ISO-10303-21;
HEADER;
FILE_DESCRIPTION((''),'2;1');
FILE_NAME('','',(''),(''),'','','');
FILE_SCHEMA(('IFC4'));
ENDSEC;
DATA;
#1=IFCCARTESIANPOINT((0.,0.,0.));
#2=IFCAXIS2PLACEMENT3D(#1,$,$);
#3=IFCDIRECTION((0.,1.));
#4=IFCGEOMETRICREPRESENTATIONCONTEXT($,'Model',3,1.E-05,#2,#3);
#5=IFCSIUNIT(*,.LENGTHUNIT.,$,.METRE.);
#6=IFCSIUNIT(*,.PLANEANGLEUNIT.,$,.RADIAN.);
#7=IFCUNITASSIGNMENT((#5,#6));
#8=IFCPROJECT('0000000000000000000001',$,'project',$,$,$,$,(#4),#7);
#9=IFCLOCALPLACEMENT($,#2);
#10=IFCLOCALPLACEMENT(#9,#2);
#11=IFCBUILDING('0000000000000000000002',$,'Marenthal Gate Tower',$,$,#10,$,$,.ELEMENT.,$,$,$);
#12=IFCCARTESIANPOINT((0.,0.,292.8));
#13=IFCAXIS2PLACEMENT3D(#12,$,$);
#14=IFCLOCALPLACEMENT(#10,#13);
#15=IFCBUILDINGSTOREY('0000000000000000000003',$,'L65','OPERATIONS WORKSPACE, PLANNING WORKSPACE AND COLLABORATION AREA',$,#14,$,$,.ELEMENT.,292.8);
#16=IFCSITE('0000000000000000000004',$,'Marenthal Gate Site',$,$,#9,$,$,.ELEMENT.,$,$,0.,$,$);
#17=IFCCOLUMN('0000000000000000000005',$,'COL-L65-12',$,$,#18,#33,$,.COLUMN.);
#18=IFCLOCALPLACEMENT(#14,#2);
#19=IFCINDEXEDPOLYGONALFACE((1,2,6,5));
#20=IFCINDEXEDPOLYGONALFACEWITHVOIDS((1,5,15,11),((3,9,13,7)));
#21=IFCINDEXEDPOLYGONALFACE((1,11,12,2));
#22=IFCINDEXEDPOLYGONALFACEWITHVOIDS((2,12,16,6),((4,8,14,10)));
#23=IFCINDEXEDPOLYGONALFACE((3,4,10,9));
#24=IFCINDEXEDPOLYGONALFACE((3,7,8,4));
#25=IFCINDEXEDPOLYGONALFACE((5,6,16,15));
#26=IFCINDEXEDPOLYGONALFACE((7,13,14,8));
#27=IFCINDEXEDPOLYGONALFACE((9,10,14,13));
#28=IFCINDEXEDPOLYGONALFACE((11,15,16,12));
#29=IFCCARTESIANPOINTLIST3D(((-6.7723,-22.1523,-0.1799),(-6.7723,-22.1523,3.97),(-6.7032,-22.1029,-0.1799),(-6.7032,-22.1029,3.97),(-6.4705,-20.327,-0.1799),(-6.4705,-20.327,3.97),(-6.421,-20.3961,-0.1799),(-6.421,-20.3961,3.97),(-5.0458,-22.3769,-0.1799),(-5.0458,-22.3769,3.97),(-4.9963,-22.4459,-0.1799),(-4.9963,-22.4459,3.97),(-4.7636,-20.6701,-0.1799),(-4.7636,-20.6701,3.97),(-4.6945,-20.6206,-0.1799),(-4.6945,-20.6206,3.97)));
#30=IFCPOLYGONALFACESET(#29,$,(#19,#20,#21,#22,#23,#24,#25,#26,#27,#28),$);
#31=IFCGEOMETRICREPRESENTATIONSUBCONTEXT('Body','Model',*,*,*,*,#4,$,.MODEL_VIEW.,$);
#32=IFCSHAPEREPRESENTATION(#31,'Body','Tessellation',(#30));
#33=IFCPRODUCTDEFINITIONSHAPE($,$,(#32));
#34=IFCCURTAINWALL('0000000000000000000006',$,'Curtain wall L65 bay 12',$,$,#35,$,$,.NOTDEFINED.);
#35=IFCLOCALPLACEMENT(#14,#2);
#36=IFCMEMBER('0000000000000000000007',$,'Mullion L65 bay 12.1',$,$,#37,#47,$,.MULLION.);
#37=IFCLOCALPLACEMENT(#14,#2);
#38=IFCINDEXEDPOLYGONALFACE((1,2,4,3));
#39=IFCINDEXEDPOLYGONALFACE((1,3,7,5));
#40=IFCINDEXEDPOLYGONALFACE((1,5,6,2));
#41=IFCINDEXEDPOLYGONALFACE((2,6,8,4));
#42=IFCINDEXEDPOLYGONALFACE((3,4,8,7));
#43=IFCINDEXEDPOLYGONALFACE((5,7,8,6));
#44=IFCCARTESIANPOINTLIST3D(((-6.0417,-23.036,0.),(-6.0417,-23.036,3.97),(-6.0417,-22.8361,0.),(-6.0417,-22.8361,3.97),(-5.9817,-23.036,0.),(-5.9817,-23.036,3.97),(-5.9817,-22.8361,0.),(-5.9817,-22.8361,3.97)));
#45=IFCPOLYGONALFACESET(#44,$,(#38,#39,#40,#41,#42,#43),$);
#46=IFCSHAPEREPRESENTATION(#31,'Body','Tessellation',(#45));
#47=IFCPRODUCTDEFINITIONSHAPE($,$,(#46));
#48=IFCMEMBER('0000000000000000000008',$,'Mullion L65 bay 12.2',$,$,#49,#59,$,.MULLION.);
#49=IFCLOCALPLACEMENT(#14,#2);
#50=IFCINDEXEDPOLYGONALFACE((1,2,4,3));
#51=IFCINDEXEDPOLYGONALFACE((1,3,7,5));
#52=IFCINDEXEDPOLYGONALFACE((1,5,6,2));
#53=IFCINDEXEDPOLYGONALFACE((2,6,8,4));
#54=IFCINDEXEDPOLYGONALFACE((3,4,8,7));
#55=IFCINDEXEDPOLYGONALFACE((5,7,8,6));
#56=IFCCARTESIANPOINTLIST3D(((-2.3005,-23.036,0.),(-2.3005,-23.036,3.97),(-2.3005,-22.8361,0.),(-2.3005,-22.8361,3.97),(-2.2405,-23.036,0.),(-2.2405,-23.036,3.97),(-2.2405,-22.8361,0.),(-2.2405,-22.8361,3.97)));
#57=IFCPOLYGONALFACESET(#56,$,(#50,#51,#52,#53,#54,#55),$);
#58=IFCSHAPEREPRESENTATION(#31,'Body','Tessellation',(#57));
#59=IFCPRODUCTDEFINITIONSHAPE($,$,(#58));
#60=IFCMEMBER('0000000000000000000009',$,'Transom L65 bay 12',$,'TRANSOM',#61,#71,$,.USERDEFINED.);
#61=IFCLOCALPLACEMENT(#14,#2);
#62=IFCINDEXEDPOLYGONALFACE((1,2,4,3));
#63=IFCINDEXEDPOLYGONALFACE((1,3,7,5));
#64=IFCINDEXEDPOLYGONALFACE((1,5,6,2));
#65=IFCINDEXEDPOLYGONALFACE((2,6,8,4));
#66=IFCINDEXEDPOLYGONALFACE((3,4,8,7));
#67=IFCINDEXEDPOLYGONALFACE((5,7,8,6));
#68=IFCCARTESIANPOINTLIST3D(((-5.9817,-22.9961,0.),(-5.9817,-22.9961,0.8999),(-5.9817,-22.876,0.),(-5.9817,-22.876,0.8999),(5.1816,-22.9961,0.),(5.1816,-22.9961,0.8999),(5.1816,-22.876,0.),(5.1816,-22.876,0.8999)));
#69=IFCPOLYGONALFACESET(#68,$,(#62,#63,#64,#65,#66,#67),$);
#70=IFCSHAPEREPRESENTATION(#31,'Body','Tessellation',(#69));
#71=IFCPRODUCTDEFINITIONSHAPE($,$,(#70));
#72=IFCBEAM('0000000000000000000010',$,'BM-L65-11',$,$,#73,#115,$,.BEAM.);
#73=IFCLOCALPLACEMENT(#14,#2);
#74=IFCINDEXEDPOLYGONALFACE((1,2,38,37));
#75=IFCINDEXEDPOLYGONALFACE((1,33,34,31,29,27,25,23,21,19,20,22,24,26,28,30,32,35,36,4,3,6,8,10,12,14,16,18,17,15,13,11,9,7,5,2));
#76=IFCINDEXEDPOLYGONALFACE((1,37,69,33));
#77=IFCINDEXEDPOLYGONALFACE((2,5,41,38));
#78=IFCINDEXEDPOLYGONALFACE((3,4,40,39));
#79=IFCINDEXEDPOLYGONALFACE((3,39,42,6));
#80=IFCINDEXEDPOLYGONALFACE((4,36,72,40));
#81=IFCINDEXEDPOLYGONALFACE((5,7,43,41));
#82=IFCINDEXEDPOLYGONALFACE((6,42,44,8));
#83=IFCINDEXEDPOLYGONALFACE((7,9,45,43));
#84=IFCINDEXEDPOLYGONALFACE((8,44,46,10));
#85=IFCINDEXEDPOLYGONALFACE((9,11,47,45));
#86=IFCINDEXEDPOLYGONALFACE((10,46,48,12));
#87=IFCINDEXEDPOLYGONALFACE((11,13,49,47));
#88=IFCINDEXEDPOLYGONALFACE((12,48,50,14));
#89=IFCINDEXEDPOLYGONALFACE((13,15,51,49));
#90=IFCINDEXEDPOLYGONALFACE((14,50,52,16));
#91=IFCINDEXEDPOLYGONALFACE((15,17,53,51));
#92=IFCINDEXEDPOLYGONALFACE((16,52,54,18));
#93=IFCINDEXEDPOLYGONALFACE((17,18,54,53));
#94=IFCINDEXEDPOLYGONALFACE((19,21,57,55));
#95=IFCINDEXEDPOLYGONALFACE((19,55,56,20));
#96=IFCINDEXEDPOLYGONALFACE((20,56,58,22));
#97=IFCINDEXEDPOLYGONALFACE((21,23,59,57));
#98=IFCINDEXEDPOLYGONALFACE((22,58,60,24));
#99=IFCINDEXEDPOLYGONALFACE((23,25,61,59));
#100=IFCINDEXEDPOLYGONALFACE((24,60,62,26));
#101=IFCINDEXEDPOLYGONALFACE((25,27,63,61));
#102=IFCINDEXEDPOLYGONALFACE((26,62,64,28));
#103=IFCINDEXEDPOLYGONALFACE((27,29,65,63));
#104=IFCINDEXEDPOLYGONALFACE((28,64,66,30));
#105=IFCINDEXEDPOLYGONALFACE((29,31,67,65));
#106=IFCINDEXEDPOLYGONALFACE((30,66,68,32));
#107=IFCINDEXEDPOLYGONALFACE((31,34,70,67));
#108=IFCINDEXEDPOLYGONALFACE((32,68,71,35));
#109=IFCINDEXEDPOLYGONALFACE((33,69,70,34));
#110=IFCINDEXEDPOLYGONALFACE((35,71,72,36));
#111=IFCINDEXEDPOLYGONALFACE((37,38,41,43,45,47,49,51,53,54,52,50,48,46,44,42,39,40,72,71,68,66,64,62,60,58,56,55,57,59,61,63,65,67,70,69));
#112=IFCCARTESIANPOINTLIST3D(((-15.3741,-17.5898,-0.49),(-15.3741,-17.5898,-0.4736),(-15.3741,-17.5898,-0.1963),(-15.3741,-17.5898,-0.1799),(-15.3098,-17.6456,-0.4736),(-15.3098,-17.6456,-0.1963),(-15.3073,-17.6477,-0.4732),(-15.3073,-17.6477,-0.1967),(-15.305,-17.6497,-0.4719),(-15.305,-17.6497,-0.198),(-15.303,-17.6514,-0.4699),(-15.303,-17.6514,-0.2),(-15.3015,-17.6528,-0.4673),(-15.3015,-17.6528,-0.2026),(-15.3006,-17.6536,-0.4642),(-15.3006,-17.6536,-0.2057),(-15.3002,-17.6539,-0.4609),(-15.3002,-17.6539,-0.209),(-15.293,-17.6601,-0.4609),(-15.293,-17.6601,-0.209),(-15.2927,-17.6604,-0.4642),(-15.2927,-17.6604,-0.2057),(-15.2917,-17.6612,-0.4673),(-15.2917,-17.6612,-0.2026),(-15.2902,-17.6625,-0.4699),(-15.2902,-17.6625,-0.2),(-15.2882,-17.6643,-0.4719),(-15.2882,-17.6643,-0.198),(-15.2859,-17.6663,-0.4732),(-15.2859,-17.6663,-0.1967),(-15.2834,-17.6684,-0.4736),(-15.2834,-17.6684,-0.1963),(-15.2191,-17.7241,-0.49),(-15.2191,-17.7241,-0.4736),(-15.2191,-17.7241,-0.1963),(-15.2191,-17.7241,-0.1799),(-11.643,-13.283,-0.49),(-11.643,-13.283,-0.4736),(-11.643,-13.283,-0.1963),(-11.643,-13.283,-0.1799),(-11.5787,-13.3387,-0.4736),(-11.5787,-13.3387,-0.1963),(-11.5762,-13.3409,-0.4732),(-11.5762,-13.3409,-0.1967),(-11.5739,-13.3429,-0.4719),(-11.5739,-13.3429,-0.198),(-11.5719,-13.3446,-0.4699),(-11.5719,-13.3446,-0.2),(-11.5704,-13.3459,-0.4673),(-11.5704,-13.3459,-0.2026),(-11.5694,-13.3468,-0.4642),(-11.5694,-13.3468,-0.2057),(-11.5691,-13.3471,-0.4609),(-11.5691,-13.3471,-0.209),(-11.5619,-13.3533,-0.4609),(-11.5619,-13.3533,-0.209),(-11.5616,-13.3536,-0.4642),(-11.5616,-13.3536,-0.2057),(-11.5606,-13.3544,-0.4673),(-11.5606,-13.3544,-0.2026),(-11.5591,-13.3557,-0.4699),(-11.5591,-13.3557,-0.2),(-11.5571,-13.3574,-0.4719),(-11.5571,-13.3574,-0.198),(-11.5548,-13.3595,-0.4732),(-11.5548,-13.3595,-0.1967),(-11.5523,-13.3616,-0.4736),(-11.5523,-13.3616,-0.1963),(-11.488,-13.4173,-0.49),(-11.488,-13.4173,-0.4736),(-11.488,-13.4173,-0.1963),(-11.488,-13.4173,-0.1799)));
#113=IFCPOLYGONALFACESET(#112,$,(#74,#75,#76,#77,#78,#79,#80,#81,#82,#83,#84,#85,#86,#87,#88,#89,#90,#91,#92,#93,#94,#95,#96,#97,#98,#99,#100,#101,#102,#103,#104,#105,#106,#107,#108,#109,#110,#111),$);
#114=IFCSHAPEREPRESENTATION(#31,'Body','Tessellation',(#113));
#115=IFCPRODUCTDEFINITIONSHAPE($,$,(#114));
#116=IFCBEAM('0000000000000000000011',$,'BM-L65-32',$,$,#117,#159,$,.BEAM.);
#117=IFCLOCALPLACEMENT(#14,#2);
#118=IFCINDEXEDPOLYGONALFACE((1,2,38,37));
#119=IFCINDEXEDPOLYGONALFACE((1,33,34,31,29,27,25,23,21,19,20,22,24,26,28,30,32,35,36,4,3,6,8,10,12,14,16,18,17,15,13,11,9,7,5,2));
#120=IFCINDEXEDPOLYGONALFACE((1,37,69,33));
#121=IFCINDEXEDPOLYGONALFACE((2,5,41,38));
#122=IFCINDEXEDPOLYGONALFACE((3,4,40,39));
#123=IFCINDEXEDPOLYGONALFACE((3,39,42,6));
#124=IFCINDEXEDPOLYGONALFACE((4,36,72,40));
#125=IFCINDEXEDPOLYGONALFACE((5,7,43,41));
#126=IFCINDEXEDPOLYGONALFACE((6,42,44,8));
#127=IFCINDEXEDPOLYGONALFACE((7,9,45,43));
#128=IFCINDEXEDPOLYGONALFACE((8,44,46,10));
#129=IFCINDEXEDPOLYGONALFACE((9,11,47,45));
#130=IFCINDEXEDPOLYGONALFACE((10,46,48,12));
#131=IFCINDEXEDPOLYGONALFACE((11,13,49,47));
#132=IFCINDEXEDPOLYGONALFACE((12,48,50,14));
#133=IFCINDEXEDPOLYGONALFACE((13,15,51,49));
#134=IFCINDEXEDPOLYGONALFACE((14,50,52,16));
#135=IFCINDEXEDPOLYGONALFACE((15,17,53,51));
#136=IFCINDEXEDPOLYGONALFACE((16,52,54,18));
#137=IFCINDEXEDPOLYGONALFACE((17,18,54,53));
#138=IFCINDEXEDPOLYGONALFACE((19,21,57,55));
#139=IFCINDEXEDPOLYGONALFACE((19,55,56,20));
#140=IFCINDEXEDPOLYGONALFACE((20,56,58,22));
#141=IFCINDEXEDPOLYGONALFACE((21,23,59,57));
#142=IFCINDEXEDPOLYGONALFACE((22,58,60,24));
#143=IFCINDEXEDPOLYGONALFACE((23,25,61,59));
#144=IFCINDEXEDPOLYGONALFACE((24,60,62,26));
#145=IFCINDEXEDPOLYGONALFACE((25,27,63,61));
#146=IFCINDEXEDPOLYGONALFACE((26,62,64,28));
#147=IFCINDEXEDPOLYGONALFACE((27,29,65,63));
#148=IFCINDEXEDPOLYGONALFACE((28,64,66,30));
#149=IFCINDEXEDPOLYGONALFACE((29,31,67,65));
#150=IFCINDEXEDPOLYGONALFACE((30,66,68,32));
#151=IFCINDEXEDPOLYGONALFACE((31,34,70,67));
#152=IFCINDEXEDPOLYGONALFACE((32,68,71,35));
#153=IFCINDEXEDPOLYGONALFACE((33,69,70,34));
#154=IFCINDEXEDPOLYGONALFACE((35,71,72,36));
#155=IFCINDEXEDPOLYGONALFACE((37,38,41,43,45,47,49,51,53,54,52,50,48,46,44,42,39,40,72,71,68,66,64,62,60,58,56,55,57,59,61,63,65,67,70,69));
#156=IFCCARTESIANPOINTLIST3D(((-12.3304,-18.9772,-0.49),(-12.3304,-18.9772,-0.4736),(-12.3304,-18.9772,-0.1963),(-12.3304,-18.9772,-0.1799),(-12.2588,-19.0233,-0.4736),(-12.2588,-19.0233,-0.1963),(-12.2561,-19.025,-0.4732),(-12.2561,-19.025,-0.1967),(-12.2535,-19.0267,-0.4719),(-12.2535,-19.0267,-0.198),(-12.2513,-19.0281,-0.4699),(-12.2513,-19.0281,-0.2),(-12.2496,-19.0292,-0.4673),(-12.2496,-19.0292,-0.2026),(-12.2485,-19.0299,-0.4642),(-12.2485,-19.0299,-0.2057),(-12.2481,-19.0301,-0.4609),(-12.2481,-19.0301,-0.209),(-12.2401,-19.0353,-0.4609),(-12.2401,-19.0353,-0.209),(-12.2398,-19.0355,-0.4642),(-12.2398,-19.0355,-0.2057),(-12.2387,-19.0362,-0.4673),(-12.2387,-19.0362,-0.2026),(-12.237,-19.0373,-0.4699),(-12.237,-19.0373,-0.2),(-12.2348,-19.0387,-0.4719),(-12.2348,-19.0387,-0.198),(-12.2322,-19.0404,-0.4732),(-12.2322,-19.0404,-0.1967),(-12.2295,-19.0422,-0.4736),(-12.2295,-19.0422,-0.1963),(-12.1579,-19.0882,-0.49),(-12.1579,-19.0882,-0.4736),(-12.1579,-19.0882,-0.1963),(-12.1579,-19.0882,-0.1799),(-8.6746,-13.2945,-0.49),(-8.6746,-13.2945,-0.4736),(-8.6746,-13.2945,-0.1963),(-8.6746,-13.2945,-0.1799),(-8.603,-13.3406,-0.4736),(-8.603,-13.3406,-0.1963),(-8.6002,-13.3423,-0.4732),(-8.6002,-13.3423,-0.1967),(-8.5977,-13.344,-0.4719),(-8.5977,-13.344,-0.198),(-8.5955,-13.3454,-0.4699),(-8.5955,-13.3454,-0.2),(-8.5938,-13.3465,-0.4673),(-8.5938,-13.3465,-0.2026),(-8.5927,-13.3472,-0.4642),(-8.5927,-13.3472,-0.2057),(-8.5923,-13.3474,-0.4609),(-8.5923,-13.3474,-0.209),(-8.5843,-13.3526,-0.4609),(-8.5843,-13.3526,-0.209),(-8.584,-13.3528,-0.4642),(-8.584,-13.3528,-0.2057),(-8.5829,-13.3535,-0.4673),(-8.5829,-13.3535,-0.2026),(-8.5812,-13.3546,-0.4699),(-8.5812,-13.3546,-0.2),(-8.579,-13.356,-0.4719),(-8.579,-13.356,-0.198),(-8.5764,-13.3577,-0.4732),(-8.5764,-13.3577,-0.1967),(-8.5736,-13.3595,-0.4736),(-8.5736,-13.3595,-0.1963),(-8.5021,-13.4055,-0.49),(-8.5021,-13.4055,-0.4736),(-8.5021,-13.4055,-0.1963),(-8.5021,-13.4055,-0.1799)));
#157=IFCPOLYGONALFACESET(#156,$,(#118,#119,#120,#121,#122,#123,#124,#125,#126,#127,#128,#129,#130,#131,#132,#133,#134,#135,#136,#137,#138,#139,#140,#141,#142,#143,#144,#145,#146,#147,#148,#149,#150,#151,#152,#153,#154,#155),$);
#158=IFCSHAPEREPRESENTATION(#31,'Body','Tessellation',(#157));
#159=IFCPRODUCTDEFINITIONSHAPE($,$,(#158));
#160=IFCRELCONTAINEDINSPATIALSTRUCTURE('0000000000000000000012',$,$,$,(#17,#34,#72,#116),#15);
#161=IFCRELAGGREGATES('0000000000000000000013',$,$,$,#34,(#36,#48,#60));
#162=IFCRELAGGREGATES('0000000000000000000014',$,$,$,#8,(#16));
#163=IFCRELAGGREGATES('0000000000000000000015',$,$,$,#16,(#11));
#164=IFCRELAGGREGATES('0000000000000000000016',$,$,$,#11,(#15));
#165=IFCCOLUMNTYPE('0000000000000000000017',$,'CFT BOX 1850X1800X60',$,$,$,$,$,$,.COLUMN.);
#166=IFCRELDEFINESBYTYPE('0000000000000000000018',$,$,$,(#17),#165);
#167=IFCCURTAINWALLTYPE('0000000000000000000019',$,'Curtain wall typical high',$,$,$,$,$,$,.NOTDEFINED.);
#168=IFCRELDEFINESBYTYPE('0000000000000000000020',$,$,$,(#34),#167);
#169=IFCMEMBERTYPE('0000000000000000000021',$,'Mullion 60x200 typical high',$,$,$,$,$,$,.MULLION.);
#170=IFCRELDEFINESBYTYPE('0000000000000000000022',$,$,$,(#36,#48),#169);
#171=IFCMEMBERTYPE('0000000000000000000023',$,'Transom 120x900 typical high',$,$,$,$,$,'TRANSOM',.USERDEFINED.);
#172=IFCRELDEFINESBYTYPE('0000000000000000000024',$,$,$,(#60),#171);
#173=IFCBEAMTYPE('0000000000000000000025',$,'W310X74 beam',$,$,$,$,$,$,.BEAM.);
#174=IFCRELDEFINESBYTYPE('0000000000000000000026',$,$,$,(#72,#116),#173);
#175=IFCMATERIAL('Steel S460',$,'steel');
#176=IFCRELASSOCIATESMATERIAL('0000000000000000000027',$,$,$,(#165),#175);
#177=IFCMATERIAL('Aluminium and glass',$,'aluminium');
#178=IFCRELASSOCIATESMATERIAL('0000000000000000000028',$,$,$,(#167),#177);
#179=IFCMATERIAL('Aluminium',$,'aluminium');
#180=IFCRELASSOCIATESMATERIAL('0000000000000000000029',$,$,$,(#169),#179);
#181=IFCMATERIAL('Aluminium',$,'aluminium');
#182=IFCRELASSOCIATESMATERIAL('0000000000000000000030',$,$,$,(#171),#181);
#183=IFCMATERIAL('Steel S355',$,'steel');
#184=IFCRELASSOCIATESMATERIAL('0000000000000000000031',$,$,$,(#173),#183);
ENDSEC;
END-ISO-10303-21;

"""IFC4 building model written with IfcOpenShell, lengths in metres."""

from ifc_helpers import new_model, si_unit, direction, frame, origin, origin_2d, place, context, subcontext, project, spatial, rectangle, hollow_rectangle, i_section, extrude, material, material_profile, profile_set, type_object, element, aggregate, save


model = new_model("IFC4")

# Units and contexts
model_context = context("Model", 3, precision=1e-05, world=origin(), true_north=direction((0.0, 1.0)))
body_context = subcontext(model_context, "Body", "Model", "MODEL_VIEW")
ifc_project = project(units=[si_unit("LENGTHUNIT", "METRE"), si_unit("PLANEANGLEUNIT", "RADIAN")], contexts=[model_context])

# Site, building, storey
site_placement = place(None, origin())
site = spatial("IfcSite", under=ifc_project, at=site_placement, Name="Marenthal Gate Site", CompositionType="ELEMENT", RefElevation=0.0)
building_placement = place(site_placement, origin())
building = spatial("IfcBuilding", under=site, at=building_placement, Name="Marenthal Gate Tower", CompositionType="ELEMENT")
storey_placement = place(building_placement, frame((0.0, 0.0, 292.8)))
storey = spatial("IfcBuildingStorey", under=building, at=storey_placement, Name="L65", Description="OPERATIONS WORKSPACE, PLANNING WORKSPACE AND COLLABORATION AREA", CompositionType="ELEMENT", Elevation=292.8)

# Column
ifc_material_1 = material(Name="Steel S460", Category="steel")
ifc_material_profile_1 = material_profile(ifc_material_1, hollow_rectangle(XDim=1.8, YDim=1.8501, WallThickness=0.0601, at=origin_2d()), Name="CFT BOX 1850X1800X60")
ifc_material_2 = material(Name="Concrete 70 MPa", Category="concrete")
ifc_material_profile_2 = material_profile(ifc_material_2, rectangle(XDim=1.6799, YDim=1.73, at=origin_2d()), Name="CFT BOX 1850X1800X60 INFILL")
ifc_profile_set_1 = profile_set([ifc_material_profile_1, ifc_material_profile_2], Name="Steel S460 shell, Concrete 70 MPa infill")
column_type = type_object("IfcColumnType", Name="CFT BOX 1850X1800X60", PredefinedType="COLUMN", material=ifc_profile_set_1)
column_placement = place(storey_placement, frame((-5.7334, -21.3865, -0.1799), z_axis=(0.0, 0.0, 1.0), x_axis=(-0.986606, 0.163119, 0.0)))
element("IfcColumn", 1, at=column_placement, inside=storey, type_object=column_type, Name="COL-L65-12", PredefinedType="COLUMN", context=body_context, shape_type="SweptSolid", body=[
    extrude(hollow_rectangle(XDim=1.8, YDim=1.8501, WallThickness=0.0601, at=origin_2d()), origin(), (0.0, 0.0, 1.0), 4.1499),
])

# Curtain wall, members
ifc_material_3 = material(Name="Aluminium and glass", Category="aluminium")
curtain_wall_type = type_object("IfcCurtainWallType", Name="Curtain wall typical high", PredefinedType="NOTDEFINED", material=ifc_material_3)
curtain_wall_placement = place(storey_placement, origin())
curtain_wall = element("IfcCurtainWall", 2, at=curtain_wall_placement, inside=storey, type_object=curtain_wall_type, Name="Curtain wall L65 bay 12", PredefinedType="NOTDEFINED")
ifc_material_4 = material(Name="Aluminium", Category="aluminium")
ifc_material_profile_3 = material_profile(ifc_material_4, rectangle(XDim=0.2, YDim=0.0601, at=origin_2d()), Name="60x200 aluminium mullion")
ifc_profile_set_2 = profile_set([ifc_material_profile_3], Name="Aluminium")
member_type_1 = type_object("IfcMemberType", Name="Mullion 60x200 typical high", PredefinedType="MULLION", material=ifc_profile_set_2)
member_1_placement = place(storey_placement, frame((-6.0117, -22.936, 0.0), z_axis=(0.0, 0.0, 1.0), x_axis=(0.0, 1.0, 0.0)))
member_1 = element("IfcMember", 3, at=member_1_placement, type_object=member_type_1, Name="Mullion L65 bay 12.1", PredefinedType="MULLION", context=body_context, shape_type="SweptSolid", body=[
    extrude(rectangle(XDim=0.2, YDim=0.0601, at=origin_2d()), origin(), (0.0, 0.0, 1.0), 3.97),
])
member_2_placement = place(storey_placement, frame((-2.2705, -22.936, 0.0), z_axis=(0.0, 0.0, 1.0), x_axis=(0.0, 1.0, 0.0)))
member_2 = element("IfcMember", 4, at=member_2_placement, type_object=member_type_1, Name="Mullion L65 bay 12.2", PredefinedType="MULLION", context=body_context, shape_type="SweptSolid", body=[
    extrude(rectangle(XDim=0.2, YDim=0.0601, at=origin_2d()), origin(), (0.0, 0.0, 1.0), 3.97),
])
ifc_material_5 = material(Name="Aluminium", Category="aluminium")
ifc_material_profile_4 = material_profile(ifc_material_5, rectangle(XDim=0.1201, YDim=0.8999, at=origin_2d()), Name="120x900 aluminium transom")
ifc_profile_set_3 = profile_set([ifc_material_profile_4], Name="Aluminium")
member_type_2 = type_object("IfcMemberType", Name="Transom 120x900 typical high", ElementType="TRANSOM", PredefinedType="USERDEFINED", material=ifc_profile_set_3)
member_3_placement = place(storey_placement, frame((-5.9817, -22.936, 0.45), z_axis=(1.0, 0.0, 0.0), x_axis=(0.0, 1.0, 0.0)))
member_3 = element("IfcMember", 5, at=member_3_placement, type_object=member_type_2, Name="Transom L65 bay 12", ObjectType="TRANSOM", PredefinedType="USERDEFINED", context=body_context, shape_type="SweptSolid", body=[
    extrude(rectangle(XDim=0.1201, YDim=0.8999, at=origin_2d()), origin(), (0.0, 0.0, 1.0), 11.1633),
])

# Beams
ifc_material_6 = material(Name="Steel S355", Category="steel")
ifc_material_profile_5 = material_profile(ifc_material_6, i_section(OverallWidth=0.2051, OverallDepth=0.3101, WebThickness=0.0095, FlangeThickness=0.0164, FilletRadius=0.0127, at=origin_2d()), Name="W310X74")
ifc_profile_set_4 = profile_set([ifc_material_profile_5], Name="Steel S355")
beam_type_1 = type_object("IfcBeamType", Name="W310X74 beam", PredefinedType="BEAM", material=ifc_profile_set_4)
beam_1_placement = place(storey_placement, frame((-15.2966, -17.657, -0.335), z_axis=(0.654787, 0.755813, 0.0), x_axis=(-0.755813, 0.654787, 0.0)))
element("IfcBeam", 6, at=beam_1_placement, inside=storey, type_object=beam_type_1, Name="BM-L65-11", PredefinedType="BEAM", context=body_context, shape_type="SweptSolid", body=[
    extrude(i_section(OverallWidth=0.2051, OverallDepth=0.3101, WebThickness=0.0095, FlangeThickness=0.0164, FilletRadius=0.0127, at=origin_2d()), origin(), (0.0, 0.0, 1.0), 5.6982),
])
beam_2_placement = place(storey_placement, frame((-12.2441, -19.0327, -0.335), z_axis=(0.541035, 0.841, 0.0), x_axis=(-0.841, 0.541035, 0.0)))
element("IfcBeam", 7, at=beam_2_placement, inside=storey, type_object=beam_type_1, Name="BM-L65-32", PredefinedType="BEAM", context=body_context, shape_type="SweptSolid", body=[
    extrude(i_section(OverallWidth=0.2051, OverallDepth=0.3101, WebThickness=0.0095, FlangeThickness=0.0164, FilletRadius=0.0127, at=origin_2d()), origin(), (0.0, 0.0, 1.0), 6.7571),
])

aggregate(curtain_wall, [member_1, member_2, member_3])

save(model, "model.ifc")
